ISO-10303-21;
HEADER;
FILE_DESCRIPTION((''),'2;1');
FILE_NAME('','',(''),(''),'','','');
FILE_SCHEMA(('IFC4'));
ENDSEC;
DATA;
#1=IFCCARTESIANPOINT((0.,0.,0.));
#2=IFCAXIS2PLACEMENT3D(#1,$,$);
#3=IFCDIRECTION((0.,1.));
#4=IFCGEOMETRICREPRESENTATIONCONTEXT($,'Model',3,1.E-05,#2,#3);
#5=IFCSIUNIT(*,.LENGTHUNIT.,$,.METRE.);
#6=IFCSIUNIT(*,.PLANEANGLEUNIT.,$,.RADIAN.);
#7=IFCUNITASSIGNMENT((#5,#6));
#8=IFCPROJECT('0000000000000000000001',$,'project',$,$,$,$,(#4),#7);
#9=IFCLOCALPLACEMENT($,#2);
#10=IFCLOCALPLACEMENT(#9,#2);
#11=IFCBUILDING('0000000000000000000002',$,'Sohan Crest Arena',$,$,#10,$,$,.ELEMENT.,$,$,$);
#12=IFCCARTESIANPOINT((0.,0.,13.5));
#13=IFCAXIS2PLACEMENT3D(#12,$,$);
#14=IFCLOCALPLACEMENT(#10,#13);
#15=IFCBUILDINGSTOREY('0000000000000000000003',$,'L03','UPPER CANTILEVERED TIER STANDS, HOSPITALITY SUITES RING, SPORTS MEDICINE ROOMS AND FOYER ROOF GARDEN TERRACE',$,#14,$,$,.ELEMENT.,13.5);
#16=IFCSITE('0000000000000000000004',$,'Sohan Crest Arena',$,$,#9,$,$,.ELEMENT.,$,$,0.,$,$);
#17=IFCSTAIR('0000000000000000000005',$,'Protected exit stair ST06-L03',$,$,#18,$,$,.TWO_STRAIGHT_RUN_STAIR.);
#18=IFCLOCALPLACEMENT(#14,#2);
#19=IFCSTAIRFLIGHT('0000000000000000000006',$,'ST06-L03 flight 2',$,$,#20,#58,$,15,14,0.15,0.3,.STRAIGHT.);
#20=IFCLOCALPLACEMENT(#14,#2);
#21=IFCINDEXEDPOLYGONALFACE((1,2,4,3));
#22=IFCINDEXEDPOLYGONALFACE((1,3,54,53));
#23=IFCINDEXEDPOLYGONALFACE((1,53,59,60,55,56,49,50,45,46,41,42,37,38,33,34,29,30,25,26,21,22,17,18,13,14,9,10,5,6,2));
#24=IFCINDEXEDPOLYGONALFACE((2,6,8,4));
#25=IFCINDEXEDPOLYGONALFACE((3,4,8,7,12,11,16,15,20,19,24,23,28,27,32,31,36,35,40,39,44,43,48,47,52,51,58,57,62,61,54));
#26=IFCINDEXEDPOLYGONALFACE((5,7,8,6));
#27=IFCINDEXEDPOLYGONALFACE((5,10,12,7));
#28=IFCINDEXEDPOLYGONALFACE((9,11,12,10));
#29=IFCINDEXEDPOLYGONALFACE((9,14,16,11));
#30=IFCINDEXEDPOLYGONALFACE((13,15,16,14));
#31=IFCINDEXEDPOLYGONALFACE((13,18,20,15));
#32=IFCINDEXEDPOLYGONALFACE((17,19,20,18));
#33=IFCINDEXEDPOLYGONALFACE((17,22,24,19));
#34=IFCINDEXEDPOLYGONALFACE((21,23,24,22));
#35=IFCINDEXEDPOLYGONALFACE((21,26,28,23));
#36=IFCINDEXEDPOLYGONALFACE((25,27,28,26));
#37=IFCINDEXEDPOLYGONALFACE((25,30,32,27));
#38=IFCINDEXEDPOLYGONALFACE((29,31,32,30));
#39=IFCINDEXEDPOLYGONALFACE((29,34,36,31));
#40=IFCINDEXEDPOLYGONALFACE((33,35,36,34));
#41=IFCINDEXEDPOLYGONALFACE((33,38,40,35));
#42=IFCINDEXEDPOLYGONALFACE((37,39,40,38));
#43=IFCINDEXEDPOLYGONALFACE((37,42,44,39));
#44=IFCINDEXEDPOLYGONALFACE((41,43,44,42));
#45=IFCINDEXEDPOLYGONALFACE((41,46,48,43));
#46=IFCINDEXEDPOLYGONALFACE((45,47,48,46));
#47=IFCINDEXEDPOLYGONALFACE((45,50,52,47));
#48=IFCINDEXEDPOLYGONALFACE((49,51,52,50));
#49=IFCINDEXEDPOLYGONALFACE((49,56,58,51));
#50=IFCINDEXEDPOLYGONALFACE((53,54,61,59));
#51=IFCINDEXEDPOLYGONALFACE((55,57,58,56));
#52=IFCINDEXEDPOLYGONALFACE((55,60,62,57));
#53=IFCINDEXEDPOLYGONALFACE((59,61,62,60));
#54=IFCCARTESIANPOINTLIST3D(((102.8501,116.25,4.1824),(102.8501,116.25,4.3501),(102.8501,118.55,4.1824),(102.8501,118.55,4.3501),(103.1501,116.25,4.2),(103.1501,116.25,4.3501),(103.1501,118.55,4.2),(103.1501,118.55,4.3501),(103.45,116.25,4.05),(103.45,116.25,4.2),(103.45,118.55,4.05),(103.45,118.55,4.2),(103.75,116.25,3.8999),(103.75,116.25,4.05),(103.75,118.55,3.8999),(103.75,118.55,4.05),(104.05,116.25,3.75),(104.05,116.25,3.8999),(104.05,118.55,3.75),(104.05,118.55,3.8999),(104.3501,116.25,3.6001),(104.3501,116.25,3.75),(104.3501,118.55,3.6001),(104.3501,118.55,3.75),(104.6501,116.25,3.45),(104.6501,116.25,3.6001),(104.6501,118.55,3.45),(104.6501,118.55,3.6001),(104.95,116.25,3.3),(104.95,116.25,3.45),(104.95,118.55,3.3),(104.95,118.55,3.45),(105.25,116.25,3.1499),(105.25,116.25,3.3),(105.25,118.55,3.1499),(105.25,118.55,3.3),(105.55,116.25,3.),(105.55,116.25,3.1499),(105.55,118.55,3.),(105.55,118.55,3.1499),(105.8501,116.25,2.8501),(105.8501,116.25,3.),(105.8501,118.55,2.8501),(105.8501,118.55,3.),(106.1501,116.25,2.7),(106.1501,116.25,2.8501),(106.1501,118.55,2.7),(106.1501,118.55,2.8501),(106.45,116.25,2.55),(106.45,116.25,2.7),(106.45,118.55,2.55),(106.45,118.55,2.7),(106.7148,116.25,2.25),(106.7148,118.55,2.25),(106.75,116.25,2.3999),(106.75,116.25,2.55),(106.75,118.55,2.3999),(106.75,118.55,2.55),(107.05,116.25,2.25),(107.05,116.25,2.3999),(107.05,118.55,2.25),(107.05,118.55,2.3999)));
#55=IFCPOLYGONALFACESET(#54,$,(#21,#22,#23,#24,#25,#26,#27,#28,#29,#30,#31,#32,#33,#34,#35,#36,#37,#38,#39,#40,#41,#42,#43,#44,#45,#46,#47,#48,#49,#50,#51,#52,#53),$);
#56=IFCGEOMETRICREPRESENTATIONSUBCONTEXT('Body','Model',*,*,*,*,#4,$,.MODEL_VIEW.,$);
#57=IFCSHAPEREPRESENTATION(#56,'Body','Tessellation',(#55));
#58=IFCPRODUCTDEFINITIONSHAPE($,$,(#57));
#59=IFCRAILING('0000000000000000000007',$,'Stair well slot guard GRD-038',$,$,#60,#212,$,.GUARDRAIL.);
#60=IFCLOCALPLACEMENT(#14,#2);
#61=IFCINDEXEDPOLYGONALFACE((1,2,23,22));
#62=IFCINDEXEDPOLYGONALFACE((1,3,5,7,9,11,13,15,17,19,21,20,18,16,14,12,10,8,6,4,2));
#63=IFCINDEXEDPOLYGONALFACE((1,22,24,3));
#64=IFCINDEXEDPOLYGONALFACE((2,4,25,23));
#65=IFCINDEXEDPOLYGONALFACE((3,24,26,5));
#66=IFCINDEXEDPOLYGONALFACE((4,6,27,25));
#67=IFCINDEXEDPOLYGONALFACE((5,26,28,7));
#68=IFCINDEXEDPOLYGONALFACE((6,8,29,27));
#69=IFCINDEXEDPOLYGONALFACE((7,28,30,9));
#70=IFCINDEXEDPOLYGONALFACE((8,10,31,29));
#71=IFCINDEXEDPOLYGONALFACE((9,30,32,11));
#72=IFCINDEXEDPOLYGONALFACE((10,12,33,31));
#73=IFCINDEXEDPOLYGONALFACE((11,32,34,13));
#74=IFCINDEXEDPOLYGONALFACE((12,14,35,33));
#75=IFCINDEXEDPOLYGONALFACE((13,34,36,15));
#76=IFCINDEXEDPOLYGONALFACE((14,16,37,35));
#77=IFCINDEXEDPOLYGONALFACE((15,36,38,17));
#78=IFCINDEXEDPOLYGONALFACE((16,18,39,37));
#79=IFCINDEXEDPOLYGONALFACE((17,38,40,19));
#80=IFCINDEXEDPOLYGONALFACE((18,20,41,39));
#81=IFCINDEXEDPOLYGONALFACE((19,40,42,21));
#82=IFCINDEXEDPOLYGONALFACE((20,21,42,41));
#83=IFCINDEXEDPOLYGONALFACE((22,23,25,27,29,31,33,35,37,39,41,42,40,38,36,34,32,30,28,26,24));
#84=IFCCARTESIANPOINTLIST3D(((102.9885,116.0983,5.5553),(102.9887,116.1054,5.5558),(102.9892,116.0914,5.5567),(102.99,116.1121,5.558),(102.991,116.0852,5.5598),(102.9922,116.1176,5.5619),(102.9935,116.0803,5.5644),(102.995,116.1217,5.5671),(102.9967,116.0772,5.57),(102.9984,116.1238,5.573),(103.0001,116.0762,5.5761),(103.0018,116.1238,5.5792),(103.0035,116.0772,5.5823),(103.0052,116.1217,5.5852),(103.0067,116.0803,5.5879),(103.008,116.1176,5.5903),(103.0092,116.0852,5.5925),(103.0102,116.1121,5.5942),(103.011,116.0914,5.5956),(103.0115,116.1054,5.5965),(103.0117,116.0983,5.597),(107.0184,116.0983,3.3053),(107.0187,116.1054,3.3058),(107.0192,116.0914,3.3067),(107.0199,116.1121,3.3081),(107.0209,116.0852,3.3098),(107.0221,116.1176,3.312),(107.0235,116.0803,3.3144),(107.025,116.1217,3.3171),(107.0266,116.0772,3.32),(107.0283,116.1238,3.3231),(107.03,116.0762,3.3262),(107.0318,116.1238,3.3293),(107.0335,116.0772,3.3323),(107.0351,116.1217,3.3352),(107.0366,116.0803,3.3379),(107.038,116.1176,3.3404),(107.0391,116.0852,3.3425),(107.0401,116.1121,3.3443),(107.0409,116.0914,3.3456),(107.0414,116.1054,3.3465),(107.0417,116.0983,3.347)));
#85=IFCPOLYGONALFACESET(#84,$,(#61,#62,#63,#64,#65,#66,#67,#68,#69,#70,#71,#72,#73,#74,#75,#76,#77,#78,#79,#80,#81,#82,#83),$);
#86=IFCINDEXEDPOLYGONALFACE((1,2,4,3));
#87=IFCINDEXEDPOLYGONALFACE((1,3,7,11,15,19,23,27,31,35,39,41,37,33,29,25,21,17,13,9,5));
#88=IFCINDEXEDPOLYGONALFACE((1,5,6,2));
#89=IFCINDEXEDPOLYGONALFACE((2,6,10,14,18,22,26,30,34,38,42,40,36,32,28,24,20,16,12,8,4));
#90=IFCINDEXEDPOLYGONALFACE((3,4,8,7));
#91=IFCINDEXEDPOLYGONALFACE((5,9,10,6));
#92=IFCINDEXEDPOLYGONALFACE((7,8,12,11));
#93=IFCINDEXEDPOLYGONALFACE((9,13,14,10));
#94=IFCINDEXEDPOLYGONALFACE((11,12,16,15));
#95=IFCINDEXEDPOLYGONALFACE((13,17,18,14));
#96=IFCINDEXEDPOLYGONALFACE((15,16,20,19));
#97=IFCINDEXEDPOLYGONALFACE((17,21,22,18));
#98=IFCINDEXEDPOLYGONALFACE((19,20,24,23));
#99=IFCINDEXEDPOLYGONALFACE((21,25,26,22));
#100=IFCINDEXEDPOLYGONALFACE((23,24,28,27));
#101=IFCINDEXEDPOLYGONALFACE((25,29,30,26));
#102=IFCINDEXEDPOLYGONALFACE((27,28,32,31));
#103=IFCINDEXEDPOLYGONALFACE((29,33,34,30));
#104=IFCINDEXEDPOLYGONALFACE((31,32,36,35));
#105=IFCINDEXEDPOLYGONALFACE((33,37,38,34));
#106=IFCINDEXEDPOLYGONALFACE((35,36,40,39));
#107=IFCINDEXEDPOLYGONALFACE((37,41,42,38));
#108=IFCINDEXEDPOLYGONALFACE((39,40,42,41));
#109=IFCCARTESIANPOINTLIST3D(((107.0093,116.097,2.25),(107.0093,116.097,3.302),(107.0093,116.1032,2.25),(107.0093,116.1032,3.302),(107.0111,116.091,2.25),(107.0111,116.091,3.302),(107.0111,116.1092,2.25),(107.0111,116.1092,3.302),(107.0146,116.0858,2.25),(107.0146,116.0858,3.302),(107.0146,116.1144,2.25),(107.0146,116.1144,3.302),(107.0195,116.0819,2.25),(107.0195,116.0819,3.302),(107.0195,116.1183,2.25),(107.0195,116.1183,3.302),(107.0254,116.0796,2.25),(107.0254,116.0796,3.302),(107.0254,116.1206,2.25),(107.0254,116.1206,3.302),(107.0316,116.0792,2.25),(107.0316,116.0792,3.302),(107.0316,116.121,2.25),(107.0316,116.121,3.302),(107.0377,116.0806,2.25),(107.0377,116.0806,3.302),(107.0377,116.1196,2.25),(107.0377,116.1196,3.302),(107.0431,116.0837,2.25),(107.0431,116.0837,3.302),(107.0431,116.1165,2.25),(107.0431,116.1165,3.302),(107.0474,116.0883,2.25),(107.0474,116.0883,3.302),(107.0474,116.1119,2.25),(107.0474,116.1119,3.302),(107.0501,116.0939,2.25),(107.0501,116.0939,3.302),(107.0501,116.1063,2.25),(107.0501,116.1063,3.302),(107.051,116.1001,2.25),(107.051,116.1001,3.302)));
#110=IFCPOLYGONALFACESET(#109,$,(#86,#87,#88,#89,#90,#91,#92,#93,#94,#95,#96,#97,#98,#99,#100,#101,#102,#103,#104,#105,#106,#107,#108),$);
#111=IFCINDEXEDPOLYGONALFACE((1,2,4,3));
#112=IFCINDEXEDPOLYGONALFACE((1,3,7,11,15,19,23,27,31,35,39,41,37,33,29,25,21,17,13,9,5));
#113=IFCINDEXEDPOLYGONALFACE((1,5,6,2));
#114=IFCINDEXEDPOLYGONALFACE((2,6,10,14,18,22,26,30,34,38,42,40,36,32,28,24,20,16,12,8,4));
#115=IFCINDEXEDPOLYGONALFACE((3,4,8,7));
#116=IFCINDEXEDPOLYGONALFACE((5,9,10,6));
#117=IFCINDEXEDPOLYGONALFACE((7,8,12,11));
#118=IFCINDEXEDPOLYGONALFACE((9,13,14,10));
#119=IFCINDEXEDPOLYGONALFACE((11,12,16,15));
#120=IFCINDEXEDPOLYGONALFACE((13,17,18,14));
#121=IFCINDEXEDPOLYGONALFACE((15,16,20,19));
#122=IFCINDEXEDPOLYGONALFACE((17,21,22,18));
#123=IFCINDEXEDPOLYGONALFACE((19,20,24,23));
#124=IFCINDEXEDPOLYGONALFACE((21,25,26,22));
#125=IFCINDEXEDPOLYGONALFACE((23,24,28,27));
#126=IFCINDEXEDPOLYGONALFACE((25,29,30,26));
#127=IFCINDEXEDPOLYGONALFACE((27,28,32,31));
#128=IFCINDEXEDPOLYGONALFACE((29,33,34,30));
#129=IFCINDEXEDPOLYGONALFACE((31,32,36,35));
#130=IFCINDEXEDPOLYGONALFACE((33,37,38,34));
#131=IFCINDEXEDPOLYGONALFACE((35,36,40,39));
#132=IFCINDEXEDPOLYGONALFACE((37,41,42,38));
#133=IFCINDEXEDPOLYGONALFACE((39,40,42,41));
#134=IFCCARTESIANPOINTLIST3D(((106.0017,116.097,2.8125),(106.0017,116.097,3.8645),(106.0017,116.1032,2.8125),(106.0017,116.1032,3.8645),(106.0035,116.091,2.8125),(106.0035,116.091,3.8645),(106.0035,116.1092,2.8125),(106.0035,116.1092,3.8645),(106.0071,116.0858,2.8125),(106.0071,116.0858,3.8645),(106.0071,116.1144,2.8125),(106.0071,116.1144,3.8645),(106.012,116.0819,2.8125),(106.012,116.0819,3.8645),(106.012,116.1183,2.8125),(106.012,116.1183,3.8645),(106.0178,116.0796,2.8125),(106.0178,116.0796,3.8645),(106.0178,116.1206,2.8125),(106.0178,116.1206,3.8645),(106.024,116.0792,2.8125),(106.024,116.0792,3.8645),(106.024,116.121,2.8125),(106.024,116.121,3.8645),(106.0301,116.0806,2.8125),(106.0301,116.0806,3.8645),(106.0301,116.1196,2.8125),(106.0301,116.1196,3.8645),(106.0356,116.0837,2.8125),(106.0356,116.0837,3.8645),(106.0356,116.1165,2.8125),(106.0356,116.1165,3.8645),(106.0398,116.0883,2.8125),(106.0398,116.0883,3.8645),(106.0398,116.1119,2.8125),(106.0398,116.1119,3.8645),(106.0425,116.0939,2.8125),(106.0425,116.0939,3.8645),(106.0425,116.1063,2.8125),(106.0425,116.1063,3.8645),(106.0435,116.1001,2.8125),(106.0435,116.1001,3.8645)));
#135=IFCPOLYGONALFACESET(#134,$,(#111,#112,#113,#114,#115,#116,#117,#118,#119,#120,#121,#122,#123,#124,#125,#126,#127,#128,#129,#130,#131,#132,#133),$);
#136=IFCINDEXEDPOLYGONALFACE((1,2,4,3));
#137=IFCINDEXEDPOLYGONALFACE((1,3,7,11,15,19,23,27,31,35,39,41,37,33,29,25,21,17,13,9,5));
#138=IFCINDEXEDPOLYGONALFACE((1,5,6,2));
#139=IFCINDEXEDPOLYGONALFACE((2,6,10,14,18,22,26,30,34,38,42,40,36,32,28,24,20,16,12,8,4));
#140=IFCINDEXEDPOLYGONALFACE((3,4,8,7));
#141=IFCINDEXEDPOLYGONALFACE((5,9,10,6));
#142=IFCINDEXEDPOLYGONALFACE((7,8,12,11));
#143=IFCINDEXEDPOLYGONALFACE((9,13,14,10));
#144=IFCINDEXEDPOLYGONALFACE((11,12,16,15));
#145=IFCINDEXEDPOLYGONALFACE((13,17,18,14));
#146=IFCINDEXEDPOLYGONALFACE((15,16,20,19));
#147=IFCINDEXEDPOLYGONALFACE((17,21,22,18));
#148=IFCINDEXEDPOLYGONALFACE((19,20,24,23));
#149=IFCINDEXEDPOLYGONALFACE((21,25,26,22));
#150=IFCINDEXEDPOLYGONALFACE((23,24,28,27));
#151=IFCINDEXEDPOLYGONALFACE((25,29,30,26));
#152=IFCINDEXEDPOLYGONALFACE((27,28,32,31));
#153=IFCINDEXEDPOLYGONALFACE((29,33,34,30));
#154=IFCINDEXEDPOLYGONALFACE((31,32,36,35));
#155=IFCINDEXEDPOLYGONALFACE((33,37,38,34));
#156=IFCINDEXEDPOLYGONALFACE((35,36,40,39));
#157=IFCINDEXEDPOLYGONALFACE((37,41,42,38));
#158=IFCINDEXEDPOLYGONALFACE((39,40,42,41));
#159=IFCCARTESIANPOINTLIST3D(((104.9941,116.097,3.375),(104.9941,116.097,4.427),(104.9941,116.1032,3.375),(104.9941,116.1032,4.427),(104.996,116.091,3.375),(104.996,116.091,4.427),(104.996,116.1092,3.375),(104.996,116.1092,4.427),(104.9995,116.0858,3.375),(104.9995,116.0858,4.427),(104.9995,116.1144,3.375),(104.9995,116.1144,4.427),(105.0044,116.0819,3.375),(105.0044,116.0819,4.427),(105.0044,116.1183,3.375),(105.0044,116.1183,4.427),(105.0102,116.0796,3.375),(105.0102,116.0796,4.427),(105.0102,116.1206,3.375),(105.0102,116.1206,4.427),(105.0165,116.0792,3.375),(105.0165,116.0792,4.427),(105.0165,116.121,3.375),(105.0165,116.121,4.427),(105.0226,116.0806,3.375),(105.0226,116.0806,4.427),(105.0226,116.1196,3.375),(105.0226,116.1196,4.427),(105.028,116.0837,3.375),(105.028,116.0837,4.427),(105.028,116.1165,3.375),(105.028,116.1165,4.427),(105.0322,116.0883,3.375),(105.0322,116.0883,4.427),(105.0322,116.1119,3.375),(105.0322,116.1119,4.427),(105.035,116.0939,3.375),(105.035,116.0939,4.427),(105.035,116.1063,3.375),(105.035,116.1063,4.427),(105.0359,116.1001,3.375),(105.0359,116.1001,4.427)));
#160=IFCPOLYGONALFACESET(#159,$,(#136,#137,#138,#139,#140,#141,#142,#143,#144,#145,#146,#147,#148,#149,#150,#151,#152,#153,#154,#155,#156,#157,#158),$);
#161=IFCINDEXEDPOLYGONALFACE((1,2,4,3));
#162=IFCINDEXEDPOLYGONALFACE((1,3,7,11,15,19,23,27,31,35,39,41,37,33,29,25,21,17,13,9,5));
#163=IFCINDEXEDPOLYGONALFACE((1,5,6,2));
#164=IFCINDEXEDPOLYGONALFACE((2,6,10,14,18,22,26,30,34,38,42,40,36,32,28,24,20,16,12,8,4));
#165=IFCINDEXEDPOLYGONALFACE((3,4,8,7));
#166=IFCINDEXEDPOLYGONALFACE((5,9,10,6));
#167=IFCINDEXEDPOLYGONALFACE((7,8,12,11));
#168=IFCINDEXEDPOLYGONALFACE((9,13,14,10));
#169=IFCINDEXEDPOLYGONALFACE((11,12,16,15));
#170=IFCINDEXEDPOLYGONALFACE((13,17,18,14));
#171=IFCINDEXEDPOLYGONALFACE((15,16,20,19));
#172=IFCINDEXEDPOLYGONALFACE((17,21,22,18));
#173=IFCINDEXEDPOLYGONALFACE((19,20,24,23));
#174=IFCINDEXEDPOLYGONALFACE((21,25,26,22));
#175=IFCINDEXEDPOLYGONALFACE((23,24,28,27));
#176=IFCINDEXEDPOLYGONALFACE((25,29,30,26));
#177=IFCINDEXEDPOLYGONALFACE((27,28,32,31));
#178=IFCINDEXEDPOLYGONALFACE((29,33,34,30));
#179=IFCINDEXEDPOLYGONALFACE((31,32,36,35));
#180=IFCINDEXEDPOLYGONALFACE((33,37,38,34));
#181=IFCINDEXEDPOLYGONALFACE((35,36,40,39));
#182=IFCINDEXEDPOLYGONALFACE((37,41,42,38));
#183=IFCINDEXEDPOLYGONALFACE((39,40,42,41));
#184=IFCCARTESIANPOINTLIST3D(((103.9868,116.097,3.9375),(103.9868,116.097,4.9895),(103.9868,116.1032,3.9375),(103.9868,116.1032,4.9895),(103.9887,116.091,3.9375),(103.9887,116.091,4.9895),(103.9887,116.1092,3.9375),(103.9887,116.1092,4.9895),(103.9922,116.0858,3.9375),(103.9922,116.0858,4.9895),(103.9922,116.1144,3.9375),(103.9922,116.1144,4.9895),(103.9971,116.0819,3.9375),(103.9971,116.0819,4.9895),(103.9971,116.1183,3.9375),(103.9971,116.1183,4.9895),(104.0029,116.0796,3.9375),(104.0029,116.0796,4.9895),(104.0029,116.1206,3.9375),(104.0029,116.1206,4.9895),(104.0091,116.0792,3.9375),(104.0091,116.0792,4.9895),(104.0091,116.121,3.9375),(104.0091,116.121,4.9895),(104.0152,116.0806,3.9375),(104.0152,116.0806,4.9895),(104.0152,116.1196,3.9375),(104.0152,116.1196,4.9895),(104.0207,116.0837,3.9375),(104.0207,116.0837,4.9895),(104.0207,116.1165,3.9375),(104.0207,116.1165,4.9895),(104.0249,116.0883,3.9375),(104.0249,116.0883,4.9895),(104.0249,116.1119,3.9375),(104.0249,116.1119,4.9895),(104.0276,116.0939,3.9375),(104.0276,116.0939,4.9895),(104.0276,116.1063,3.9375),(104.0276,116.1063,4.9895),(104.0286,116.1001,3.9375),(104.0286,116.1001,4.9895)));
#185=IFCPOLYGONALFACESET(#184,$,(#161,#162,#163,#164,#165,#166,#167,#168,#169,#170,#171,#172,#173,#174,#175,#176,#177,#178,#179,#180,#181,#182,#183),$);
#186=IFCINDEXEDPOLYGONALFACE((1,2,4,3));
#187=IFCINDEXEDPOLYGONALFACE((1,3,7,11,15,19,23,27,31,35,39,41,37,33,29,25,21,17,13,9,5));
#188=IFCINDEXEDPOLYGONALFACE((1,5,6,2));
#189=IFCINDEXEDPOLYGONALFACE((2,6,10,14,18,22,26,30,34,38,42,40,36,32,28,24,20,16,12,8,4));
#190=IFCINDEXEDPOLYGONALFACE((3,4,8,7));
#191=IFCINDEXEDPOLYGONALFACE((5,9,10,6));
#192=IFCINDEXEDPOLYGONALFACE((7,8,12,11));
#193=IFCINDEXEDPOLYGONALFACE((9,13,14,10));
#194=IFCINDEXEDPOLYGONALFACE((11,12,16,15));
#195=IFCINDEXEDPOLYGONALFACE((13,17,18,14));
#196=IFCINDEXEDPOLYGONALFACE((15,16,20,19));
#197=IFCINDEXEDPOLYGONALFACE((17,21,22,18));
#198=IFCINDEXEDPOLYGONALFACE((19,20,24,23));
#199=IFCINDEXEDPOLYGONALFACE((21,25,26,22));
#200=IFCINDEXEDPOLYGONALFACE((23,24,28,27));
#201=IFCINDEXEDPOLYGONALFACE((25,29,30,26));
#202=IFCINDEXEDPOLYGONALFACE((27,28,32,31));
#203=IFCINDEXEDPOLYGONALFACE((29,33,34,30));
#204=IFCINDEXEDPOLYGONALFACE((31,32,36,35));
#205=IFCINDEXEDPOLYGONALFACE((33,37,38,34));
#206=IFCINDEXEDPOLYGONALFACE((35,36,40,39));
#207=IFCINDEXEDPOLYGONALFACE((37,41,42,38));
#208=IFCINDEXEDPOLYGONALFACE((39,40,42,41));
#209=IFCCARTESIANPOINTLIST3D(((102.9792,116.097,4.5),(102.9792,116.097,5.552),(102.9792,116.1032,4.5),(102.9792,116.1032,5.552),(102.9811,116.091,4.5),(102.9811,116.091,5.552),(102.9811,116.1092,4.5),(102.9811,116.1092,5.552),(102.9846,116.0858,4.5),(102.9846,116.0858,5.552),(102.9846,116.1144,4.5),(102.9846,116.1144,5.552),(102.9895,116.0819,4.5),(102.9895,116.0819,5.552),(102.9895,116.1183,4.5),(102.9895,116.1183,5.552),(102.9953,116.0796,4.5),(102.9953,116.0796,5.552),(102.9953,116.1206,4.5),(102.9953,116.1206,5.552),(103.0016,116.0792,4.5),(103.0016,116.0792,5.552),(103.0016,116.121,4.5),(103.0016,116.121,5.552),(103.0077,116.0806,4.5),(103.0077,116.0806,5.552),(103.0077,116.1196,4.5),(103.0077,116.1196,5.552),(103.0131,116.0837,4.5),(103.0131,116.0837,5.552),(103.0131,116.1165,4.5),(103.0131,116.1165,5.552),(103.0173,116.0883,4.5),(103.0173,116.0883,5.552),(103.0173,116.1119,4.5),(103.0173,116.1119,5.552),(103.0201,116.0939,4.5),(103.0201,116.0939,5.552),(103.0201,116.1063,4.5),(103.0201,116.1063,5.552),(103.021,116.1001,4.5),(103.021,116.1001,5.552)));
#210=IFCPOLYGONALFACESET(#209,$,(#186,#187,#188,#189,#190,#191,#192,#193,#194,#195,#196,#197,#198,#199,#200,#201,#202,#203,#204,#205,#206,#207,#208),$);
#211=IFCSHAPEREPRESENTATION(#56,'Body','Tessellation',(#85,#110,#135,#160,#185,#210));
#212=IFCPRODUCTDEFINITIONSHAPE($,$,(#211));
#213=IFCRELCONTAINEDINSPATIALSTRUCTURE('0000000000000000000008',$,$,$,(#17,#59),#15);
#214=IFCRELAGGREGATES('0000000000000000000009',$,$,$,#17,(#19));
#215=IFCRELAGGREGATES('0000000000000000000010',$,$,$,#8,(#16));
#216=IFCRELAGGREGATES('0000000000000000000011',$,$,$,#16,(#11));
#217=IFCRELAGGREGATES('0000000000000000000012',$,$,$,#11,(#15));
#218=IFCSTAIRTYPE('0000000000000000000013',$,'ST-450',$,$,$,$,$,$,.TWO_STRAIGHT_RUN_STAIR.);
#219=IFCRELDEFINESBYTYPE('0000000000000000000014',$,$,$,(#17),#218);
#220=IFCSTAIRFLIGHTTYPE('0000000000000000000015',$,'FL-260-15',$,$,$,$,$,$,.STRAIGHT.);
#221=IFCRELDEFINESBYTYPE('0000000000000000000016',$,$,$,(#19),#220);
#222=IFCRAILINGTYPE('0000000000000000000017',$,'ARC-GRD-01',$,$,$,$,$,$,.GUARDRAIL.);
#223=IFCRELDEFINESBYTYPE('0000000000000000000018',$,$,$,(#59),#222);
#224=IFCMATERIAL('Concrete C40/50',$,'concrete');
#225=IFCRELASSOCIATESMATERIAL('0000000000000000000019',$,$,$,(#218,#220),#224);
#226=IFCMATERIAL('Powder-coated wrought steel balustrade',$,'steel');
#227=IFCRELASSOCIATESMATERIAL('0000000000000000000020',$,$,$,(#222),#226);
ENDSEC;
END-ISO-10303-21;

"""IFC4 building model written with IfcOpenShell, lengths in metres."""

from ifc_helpers import new_model, si_unit, direction, frame, origin, origin_2d, place, context, subcontext, project, spatial, polyline, circle, outline, extrude, material, type_object, element, aggregate, save


model = new_model("IFC4")

# Units and contexts
model_context = context("Model", 3, precision=1e-05, world=origin(), true_north=direction((0.0, 1.0)))
body_context = subcontext(model_context, "Body", "Model", "MODEL_VIEW")
ifc_project = project(units=[si_unit("LENGTHUNIT", "METRE"), si_unit("PLANEANGLEUNIT", "RADIAN")], contexts=[model_context])

# Site, building, storey
site_placement = place(None, origin())
site = spatial("IfcSite", under=ifc_project, at=site_placement, Name="Sohan Crest Arena", CompositionType="ELEMENT", RefElevation=0.0)
building_placement = place(site_placement, origin())
building = spatial("IfcBuilding", under=site, at=building_placement, Name="Sohan Crest Arena", CompositionType="ELEMENT")
storey_placement = place(building_placement, frame((0.0, 0.0, 13.5)))
storey = spatial("IfcBuildingStorey", under=building, at=storey_placement, Name="L03", Description="UPPER CANTILEVERED TIER STANDS, HOSPITALITY SUITES RING, SPORTS MEDICINE ROOMS AND FOYER ROOF GARDEN TERRACE", CompositionType="ELEMENT", Elevation=13.5)

# Shared definitions
ifc_material_1 = material(Name="Concrete C40/50", Category="concrete")

# Stair, stair flight
stair_type = type_object("IfcStairType", Name="ST-450", PredefinedType="TWO_STRAIGHT_RUN_STAIR", material=ifc_material_1)
stair_placement = place(storey_placement, origin())
stair = element("IfcStair", 1, at=stair_placement, inside=storey, type_object=stair_type, Name="Protected exit stair ST06-L03", PredefinedType="TWO_STRAIGHT_RUN_STAIR")
stair_flight_type = type_object("IfcStairFlightType", Name="FL-260-15", PredefinedType="STRAIGHT", material=ifc_material_1)
stair_flight_1_placement = place(storey_placement, frame((107.05, 117.3999, 2.25), z_axis=(0.0, 0.0, 1.0), x_axis=(-1.0, 0.0, 0.0)))
stair_flight_1 = element("IfcStairFlight", 2, at=stair_flight_1_placement, type_object=stair_flight_type, Name="ST06-L03 flight 2", NumberOfRisers=15, NumberOfTreads=14, PredefinedType="STRAIGHT", RiserHeight=0.15, TreadLength=0.3, context=body_context, shape_type="SweptSolid", body=[
    extrude(outline(polyline([(0.0, 0.0), (0.0, 0.1499), (0.3, 0.1499), (0.3, 0.3), (0.6001, 0.3), (0.6001, 0.45), (0.8999, 0.45), (0.8999, 0.6001), (1.2, 0.6001), (1.2, 0.75), (1.5, 0.75), (1.5, 0.8999), (1.8, 0.8999), (1.8, 1.05), (2.1001, 1.05), (2.1001, 1.2), (2.3999, 1.2), (2.3999, 1.3501), (2.7, 1.3501), (2.7, 1.5), (3.0, 1.5), (3.0, 1.6499), (3.3, 1.6499), (3.3, 1.8), (3.6001, 1.8), (3.6001, 1.95), (3.8999, 1.95), (3.8999, 2.1001), (4.2, 2.1001), (4.2, 2.25), (4.2, 1.9324), (0.3352, 0.0), (0.0, 0.0)])), frame((0.0, 1.1499, 0.0), z_axis=(0.0, -1.0, 0.0), x_axis=(1.0, 0.0, 0.0)), (0.0, 0.0, 1.0), 2.3),
])
aggregate(stair, [stair_flight_1])

# Railing
ifc_material_2 = material(Name="Powder-coated wrought steel balustrade", Category="steel")
railing_type_1 = type_object("IfcRailingType", Name="ARC-GRD-01", PredefinedType="GUARDRAIL", material=ifc_material_2)
railing_1_placement = place(storey_placement, frame((107.03, 116.1001, 2.25)))
element("IfcRailing", 3, at=railing_1_placement, inside=storey, type_object=railing_type_1, Name="Stair well slot guard GRD-038", PredefinedType="GUARDRAIL", context=body_context, shape_type="SweptSolid", body=[
    extrude(circle(Radius=0.0239, at=origin_2d()), frame((0.0, 0.0, 1.0762), z_axis=(-0.873135, 0.0, 0.487479), x_axis=(0.0, -1.0, 0.0)), (0.0, 0.0, 1.0), 4.6155),
    extrude(circle(Radius=0.021, at=origin_2d()), origin(), (0.0, 0.0, 1.0), 1.052),
    extrude(circle(Radius=0.021, at=origin_2d()), frame((-1.0076, 0.0, 0.5625)), (0.0, 0.0, 1.0), 1.052),
    extrude(circle(Radius=0.021, at=origin_2d()), frame((-2.0151, 0.0, 1.125)), (0.0, 0.0, 1.0), 1.052),
    extrude(circle(Radius=0.021, at=origin_2d()), frame((-3.0225, 0.0, 1.6875)), (0.0, 0.0, 1.0), 1.052),
    extrude(circle(Radius=0.021, at=origin_2d()), frame((-4.03, 0.0, 2.25)), (0.0, 0.0, 1.0), 1.052),
])

save(model, "model.ifc")
